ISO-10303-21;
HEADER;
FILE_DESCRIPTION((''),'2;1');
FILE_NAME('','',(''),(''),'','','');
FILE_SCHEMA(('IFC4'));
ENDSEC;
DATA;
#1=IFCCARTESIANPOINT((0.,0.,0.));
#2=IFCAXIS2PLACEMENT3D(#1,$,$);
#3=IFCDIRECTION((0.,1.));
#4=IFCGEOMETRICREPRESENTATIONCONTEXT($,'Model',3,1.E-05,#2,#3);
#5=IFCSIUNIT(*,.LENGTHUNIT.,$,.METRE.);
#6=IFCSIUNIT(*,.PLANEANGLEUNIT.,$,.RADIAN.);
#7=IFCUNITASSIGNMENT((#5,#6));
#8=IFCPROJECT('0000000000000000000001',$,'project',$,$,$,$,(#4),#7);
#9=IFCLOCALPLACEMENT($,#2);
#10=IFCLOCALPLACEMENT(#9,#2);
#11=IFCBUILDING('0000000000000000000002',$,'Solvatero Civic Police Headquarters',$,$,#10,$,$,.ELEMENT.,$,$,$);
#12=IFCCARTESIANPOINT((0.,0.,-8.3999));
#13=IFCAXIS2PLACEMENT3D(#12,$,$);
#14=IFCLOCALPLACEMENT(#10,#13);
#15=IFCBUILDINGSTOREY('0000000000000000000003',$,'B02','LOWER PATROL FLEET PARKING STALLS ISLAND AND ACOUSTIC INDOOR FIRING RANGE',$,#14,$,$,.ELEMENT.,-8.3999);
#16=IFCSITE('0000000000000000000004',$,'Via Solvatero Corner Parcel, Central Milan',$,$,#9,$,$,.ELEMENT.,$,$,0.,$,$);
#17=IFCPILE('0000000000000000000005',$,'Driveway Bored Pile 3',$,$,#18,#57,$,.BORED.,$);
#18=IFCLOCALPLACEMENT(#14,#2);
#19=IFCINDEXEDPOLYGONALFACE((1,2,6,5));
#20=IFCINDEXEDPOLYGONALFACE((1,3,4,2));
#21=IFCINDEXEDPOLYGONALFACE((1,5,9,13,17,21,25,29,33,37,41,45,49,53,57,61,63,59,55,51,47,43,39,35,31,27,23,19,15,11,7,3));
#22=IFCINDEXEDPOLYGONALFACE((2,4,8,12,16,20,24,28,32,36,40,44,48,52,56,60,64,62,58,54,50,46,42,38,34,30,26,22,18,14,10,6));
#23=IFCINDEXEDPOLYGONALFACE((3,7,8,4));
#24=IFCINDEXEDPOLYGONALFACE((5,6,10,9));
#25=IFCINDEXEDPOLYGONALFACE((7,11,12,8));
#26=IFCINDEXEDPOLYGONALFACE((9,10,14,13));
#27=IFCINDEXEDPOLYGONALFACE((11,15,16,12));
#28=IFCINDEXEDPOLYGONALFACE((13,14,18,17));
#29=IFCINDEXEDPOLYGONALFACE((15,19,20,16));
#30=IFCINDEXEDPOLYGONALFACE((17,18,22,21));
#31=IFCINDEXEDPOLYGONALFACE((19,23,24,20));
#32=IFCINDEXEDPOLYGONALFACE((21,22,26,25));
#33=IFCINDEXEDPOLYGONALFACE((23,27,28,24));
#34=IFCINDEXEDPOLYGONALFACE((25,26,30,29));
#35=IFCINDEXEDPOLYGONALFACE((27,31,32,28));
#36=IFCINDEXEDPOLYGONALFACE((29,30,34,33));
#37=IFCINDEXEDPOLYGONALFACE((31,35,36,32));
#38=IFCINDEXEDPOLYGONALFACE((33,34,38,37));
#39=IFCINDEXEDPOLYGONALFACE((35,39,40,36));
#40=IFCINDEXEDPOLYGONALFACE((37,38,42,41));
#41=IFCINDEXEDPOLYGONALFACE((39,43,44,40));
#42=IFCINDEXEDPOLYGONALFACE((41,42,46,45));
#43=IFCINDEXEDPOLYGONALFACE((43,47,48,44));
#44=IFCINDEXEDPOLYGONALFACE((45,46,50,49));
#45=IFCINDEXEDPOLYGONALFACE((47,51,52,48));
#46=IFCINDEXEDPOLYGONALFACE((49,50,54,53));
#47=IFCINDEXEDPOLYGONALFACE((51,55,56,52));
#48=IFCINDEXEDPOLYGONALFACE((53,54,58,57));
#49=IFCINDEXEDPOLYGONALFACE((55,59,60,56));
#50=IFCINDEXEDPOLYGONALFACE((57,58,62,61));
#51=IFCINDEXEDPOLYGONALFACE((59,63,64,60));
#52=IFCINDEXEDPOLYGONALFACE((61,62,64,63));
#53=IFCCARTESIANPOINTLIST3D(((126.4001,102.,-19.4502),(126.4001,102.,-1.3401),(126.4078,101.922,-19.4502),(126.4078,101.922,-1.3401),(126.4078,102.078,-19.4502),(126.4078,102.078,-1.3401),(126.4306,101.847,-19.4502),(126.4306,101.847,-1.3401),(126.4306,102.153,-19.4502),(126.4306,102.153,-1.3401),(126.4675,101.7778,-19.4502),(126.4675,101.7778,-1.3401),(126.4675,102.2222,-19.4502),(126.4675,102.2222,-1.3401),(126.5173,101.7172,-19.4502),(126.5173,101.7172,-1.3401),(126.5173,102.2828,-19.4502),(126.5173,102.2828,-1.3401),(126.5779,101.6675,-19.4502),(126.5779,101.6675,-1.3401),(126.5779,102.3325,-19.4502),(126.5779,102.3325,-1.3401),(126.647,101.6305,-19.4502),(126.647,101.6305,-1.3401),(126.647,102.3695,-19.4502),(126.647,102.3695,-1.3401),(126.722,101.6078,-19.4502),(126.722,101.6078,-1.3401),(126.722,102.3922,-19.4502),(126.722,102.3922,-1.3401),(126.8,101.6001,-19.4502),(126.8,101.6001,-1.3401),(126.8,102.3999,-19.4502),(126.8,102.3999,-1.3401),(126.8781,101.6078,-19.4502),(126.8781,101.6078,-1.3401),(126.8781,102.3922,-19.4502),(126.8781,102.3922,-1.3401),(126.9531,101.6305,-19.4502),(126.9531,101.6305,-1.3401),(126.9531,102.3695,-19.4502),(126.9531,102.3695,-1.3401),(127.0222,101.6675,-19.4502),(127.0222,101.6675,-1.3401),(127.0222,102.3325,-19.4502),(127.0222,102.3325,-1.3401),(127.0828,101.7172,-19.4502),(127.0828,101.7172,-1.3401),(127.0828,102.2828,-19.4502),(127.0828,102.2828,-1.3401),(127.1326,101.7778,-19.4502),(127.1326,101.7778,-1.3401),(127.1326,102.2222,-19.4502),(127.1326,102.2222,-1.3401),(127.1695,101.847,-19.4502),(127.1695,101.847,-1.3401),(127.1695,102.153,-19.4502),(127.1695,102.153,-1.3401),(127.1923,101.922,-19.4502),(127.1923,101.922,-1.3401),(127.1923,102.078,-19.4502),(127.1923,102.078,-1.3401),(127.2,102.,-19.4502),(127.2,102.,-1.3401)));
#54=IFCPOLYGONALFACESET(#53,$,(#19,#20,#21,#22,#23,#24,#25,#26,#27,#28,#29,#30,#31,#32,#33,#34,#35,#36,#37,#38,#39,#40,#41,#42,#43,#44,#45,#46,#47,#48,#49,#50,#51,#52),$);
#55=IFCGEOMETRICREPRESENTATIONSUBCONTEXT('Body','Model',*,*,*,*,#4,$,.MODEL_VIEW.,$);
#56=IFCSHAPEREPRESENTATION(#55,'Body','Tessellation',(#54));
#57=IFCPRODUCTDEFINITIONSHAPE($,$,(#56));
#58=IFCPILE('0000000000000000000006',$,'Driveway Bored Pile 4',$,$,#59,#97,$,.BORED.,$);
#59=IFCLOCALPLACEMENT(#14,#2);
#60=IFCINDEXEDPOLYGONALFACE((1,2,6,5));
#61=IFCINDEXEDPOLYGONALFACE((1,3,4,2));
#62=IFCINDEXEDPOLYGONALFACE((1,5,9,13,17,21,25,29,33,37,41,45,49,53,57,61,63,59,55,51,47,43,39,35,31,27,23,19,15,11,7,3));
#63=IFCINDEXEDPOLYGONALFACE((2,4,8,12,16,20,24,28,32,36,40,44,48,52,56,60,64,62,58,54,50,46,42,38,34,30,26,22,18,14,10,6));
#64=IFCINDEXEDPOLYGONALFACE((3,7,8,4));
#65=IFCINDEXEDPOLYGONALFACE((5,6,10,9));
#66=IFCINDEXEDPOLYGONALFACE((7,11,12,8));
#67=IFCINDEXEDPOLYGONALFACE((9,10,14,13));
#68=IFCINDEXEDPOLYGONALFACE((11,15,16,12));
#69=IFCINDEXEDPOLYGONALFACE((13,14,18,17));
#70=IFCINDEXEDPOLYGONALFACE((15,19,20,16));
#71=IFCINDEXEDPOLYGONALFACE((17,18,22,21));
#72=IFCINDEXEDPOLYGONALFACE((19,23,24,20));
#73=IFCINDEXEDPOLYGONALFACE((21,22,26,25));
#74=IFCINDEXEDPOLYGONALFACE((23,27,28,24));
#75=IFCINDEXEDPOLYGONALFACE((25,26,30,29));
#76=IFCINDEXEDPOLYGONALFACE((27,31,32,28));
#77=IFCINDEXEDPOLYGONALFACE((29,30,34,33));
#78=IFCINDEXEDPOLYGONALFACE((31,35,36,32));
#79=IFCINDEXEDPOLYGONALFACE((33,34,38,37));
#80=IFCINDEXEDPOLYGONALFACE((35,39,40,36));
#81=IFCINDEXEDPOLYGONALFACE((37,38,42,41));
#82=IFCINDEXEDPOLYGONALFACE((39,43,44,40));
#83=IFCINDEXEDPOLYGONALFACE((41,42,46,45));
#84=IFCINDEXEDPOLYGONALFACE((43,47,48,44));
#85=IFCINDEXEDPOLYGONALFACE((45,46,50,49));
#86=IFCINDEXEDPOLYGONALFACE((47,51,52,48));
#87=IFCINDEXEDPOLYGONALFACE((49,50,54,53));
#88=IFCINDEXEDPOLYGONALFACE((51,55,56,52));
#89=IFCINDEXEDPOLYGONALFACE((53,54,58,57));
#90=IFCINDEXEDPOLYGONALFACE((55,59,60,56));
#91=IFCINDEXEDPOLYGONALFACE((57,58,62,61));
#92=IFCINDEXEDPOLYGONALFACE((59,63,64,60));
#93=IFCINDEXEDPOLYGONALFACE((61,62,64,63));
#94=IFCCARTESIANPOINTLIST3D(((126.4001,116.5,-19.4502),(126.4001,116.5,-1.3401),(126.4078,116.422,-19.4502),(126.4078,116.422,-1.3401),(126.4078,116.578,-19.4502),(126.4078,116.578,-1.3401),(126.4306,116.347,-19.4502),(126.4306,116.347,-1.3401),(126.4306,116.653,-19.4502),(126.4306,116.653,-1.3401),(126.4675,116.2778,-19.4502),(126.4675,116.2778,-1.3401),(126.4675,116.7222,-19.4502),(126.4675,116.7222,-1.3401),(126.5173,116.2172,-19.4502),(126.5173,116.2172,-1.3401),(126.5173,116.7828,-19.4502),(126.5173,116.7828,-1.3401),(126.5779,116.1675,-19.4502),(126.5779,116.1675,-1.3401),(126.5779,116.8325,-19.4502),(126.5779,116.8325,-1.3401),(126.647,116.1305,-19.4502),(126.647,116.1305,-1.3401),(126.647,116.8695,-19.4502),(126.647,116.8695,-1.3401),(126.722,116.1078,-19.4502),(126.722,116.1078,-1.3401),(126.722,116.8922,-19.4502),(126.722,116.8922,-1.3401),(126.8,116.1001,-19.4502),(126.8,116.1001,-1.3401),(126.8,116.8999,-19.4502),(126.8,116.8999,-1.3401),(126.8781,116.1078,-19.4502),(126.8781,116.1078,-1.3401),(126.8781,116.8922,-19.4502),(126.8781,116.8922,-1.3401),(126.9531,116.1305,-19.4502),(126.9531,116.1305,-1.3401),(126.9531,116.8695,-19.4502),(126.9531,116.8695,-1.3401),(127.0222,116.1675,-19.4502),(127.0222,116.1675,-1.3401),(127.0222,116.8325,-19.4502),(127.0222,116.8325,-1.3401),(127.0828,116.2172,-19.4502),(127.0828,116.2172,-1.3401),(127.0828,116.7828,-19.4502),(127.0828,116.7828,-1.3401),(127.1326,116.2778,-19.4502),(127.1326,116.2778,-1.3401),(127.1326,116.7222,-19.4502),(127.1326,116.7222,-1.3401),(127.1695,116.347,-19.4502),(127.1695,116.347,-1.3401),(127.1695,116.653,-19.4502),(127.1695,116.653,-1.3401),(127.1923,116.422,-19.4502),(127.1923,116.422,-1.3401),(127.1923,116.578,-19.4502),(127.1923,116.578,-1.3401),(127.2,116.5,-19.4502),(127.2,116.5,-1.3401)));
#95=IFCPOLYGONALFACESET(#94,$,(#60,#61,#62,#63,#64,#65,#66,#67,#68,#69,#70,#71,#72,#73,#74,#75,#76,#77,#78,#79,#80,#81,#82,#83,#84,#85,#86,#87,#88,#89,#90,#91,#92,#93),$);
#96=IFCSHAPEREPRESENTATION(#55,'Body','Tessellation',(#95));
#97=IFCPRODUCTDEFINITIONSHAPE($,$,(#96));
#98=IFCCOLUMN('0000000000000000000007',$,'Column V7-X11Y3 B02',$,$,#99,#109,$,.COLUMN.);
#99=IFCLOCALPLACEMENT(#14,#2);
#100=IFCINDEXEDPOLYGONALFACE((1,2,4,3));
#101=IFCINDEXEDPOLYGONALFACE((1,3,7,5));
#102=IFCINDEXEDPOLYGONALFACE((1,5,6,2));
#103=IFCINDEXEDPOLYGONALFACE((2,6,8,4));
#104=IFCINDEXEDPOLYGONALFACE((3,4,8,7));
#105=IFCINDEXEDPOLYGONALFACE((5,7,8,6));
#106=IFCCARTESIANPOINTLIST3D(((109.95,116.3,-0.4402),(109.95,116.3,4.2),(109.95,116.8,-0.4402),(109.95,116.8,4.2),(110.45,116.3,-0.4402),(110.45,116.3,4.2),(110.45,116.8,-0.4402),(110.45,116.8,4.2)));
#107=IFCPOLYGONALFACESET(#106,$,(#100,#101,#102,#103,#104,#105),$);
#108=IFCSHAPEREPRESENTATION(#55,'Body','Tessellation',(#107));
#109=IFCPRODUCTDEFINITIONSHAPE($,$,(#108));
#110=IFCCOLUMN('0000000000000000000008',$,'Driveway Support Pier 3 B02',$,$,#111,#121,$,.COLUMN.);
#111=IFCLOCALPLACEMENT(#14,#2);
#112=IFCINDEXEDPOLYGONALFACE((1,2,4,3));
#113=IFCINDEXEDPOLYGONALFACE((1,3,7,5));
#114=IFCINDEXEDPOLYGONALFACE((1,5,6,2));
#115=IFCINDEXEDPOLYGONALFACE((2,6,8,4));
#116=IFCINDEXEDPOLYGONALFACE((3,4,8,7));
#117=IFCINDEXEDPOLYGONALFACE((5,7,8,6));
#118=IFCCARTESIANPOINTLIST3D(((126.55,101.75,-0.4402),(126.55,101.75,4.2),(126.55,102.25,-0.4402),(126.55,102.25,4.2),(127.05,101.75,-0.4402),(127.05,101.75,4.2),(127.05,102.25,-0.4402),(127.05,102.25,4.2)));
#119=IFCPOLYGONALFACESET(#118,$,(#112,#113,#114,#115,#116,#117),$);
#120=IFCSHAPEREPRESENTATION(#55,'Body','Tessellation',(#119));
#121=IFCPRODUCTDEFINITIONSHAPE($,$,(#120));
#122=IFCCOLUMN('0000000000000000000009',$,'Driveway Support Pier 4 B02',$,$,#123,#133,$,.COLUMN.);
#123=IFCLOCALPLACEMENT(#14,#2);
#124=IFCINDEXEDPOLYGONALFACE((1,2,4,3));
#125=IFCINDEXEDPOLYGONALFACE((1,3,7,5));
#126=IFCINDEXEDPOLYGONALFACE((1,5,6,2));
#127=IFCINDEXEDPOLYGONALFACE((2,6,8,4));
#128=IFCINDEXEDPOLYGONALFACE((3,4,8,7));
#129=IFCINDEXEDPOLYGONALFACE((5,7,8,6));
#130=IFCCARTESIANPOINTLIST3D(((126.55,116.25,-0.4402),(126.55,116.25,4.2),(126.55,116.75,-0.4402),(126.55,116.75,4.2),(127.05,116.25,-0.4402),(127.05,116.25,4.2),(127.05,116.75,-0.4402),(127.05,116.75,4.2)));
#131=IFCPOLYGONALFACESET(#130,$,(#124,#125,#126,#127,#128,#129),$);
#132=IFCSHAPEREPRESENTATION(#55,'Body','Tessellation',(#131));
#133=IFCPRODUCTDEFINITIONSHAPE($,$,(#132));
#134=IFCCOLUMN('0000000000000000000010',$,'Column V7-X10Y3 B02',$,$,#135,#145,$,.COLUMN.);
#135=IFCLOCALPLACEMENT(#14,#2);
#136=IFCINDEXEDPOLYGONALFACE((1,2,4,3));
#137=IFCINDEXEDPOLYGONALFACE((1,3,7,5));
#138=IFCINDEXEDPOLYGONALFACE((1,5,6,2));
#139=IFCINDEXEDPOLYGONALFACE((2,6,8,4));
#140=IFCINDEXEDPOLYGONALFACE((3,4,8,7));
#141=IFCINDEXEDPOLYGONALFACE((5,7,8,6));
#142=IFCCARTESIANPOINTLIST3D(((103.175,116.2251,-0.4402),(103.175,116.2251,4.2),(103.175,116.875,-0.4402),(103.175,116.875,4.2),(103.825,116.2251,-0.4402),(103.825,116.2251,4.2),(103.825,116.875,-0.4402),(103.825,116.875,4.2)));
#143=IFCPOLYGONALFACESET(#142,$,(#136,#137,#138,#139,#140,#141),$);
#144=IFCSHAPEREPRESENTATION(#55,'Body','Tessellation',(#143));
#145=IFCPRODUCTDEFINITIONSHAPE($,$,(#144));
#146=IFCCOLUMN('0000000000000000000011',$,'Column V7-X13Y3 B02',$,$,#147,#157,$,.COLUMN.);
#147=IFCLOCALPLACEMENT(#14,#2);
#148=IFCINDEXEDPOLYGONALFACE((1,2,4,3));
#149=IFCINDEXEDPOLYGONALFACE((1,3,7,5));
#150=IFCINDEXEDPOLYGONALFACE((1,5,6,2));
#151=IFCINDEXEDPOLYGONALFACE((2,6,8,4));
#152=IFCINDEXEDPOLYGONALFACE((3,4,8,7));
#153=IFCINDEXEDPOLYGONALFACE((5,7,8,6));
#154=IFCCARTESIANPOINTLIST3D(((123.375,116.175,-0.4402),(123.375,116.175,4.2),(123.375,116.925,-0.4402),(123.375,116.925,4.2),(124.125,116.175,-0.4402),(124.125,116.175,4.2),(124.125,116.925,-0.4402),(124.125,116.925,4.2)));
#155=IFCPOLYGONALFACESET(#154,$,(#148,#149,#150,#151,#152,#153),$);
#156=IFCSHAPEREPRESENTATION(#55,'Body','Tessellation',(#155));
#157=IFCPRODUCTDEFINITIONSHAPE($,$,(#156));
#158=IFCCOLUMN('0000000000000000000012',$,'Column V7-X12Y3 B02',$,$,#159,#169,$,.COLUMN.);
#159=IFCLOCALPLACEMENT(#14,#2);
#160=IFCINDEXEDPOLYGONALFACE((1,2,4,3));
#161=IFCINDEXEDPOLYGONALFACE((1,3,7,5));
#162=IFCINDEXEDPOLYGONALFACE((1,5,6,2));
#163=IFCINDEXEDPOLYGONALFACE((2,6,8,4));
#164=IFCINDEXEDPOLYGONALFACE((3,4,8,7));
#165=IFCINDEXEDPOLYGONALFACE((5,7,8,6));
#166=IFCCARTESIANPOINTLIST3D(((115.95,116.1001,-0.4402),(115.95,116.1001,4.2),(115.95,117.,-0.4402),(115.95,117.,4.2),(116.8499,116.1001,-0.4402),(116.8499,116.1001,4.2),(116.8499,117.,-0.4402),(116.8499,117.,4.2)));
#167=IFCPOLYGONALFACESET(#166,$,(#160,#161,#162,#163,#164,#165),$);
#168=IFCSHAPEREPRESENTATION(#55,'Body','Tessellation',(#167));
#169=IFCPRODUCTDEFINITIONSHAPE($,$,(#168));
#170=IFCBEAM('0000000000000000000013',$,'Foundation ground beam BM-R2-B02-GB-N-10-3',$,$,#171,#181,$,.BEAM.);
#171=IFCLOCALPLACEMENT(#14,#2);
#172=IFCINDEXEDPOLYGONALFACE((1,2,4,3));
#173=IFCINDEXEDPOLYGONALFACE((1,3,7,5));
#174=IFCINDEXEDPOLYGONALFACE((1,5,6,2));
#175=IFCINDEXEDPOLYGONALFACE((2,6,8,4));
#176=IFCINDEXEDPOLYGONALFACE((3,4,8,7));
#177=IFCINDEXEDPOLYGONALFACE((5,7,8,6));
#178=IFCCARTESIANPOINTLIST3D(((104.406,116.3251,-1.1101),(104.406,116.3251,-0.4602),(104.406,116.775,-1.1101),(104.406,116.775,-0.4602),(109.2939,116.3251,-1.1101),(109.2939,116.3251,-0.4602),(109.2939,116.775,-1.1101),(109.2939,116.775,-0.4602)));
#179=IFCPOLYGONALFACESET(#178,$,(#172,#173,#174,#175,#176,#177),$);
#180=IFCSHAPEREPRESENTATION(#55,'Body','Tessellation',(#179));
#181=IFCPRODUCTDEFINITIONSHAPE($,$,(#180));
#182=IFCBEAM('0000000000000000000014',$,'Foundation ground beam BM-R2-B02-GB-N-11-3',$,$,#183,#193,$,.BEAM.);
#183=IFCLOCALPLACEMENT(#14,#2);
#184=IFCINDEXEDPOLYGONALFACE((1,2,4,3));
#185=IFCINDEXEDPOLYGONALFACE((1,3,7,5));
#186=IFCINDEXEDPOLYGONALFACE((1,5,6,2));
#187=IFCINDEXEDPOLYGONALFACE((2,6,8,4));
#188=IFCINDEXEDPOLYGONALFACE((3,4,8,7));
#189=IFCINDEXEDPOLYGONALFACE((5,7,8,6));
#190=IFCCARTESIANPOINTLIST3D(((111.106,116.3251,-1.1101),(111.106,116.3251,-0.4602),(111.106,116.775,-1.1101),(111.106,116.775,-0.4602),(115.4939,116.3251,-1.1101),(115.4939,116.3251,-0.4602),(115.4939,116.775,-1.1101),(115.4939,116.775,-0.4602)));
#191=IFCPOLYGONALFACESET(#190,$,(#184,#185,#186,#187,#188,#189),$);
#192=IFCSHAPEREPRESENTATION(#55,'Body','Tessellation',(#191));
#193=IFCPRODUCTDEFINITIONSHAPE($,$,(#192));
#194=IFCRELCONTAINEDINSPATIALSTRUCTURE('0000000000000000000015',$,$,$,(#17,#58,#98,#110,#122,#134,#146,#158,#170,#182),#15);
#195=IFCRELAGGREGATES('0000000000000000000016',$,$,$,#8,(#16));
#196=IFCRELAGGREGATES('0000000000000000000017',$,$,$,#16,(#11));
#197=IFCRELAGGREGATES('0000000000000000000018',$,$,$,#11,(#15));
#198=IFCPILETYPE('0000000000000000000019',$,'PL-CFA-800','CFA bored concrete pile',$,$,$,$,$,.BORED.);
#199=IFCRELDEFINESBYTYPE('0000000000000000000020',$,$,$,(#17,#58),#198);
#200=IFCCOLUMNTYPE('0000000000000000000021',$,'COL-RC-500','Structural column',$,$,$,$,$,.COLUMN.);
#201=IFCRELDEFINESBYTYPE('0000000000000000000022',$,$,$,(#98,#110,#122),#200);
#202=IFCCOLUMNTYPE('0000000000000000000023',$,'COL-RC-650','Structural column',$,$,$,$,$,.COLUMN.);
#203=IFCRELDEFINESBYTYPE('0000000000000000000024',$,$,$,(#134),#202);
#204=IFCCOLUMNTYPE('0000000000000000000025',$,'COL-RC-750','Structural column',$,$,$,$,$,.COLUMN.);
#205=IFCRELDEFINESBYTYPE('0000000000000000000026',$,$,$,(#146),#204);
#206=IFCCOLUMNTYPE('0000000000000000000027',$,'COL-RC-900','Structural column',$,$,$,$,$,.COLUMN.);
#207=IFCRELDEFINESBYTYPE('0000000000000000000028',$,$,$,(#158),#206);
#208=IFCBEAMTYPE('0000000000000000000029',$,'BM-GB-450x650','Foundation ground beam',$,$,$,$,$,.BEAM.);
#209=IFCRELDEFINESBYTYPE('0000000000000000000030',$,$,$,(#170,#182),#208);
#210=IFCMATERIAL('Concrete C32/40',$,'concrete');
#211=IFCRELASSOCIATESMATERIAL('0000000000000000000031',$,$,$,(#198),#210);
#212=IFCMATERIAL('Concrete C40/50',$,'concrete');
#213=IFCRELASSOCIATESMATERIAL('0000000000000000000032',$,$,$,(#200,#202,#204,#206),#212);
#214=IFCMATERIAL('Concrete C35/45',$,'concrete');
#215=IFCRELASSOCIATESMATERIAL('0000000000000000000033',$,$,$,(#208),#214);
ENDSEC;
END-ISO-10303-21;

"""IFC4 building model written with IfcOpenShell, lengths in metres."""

from ifc_helpers import new_model, si_unit, direction, frame, origin, origin_2d, place, context, subcontext, project, spatial, rectangle, circle, extrude, material, material_profile, profile_set, type_object, element, save


model = new_model("IFC4")

# Units and contexts
model_context = context("Model", 3, precision=1e-05, world=origin(), true_north=direction((0.0, 1.0)))
body_context = subcontext(model_context, "Body", "Model", "MODEL_VIEW")
ifc_project = project(units=[si_unit("LENGTHUNIT", "METRE"), si_unit("PLANEANGLEUNIT", "RADIAN")], contexts=[model_context])

# Site, building, storey
site_placement = place(None, origin())
site = spatial("IfcSite", under=ifc_project, at=site_placement, Name="Via Solvatero Corner Parcel, Central Milan", CompositionType="ELEMENT", RefElevation=0.0)
building_placement = place(site_placement, origin())
building = spatial("IfcBuilding", under=site, at=building_placement, Name="Solvatero Civic Police Headquarters", CompositionType="ELEMENT")
storey_placement = place(building_placement, frame((0.0, 0.0, -8.3999)))
storey = spatial("IfcBuildingStorey", under=building, at=storey_placement, Name="B02", Description="LOWER PATROL FLEET PARKING STALLS ISLAND AND ACOUSTIC INDOOR FIRING RANGE", CompositionType="ELEMENT", Elevation=-8.3999)

# Shared definitions
ifc_material_1 = material(Name="Concrete C35/45", Category="concrete")

# Piles
ifc_material_2 = material(Name="Concrete C32/40", Category="concrete")
ifc_material_profile_1 = material_profile(ifc_material_2, circle(Radius=0.3999, at=origin_2d()), Name="CFA PILE D800")
ifc_profile_set_1 = profile_set([ifc_material_profile_1], Name="Concrete C32/40")
pile_type = type_object("IfcPileType", Name="PL-CFA-800", Description="CFA bored concrete pile", PredefinedType="BORED", material=ifc_profile_set_1)
for number, where, z_axis, x_axis, name in (
    (1, (126.8, 102.0, -1.3401), (0.0, 0.0, -1.0), (1.0, 0.0, 0.0), "Driveway Bored Pile 3"),
    (2, (126.8, 116.5, -1.3401), (0.0, 0.0, -1.0), (1.0, 0.0, 0.0), "Driveway Bored Pile 4"),
):
    element("IfcPile", number, at=place(storey_placement, frame(where, z_axis=z_axis, x_axis=x_axis)), inside=storey, type_object=pile_type, Name=name, PredefinedType="BORED", context=body_context, shape_type="SweptSolid", body=[
        extrude(circle(Radius=0.3999, at=origin_2d()), origin(), (0.0, 0.0, 1.0), 18.1101),
    ])

# Columns
ifc_material_3 = material(Name="Concrete C40/50", Category="concrete")
ifc_material_profile_2 = material_profile(ifc_material_3, rectangle(XDim=0.5, YDim=0.5, at=origin_2d()), Name="RC 500x500")
ifc_profile_set_2 = profile_set([ifc_material_profile_2], Name="Concrete C40/50")
column_type_1 = type_object("IfcColumnType", Name="COL-RC-500", Description="Structural column", PredefinedType="COLUMN", material=ifc_profile_set_2)
for number, where, z_axis, x_axis, name in (
    (3, (110.2, 116.55, -0.4402), (0.0, 0.0, 1.0), (1.0, 0.0, 0.0), "Column V7-X11Y3 B02"),
    (4, (126.8, 102.0, -0.4402), (0.0, 0.0, 1.0), (1.0, 0.0, 0.0), "Driveway Support Pier 3 B02"),
    (5, (126.8, 116.5, -0.4402), (0.0, 0.0, 1.0), (1.0, 0.0, 0.0), "Driveway Support Pier 4 B02"),
):
    element("IfcColumn", number, at=place(storey_placement, frame(where, z_axis=z_axis, x_axis=x_axis)), inside=storey, type_object=column_type_1, Name=name, PredefinedType="COLUMN", context=body_context, shape_type="SweptSolid", body=[
        extrude(rectangle(XDim=0.5, YDim=0.5, at=origin_2d()), origin(), (0.0, 0.0, 1.0), 4.6401),
    ])
ifc_material_profile_3 = material_profile(ifc_material_3, rectangle(XDim=0.6499, YDim=0.6499, at=origin_2d()), Name="RC 650x650")
ifc_profile_set_3 = profile_set([ifc_material_profile_3], Name="Concrete C40/50")
column_type_2 = type_object("IfcColumnType", Name="COL-RC-650", Description="Structural column", PredefinedType="COLUMN", material=ifc_profile_set_3)
column_1_placement = place(storey_placement, frame((103.5, 116.55, -0.4402), z_axis=(0.0, 0.0, 1.0), x_axis=(1.0, 0.0, 0.0)))
element("IfcColumn", 6, at=column_1_placement, inside=storey, type_object=column_type_2, Name="Column V7-X10Y3 B02", PredefinedType="COLUMN", context=body_context, shape_type="SweptSolid", body=[
    extrude(rectangle(XDim=0.6499, YDim=0.6499, at=origin_2d()), origin(), (0.0, 0.0, 1.0), 4.6401),
])
ifc_material_profile_4 = material_profile(ifc_material_3, rectangle(XDim=0.75, YDim=0.75, at=origin_2d()), Name="RC 750x750")
ifc_profile_set_4 = profile_set([ifc_material_profile_4], Name="Concrete C40/50")
column_type_3 = type_object("IfcColumnType", Name="COL-RC-750", Description="Structural column", PredefinedType="COLUMN", material=ifc_profile_set_4)
column_2_placement = place(storey_placement, frame((123.75, 116.55, -0.4402), z_axis=(0.0, 0.0, 1.0), x_axis=(1.0, 0.0, 0.0)))
element("IfcColumn", 7, at=column_2_placement, inside=storey, type_object=column_type_3, Name="Column V7-X13Y3 B02", PredefinedType="COLUMN", context=body_context, shape_type="SweptSolid", body=[
    extrude(rectangle(XDim=0.75, YDim=0.75, at=origin_2d()), origin(), (0.0, 0.0, 1.0), 4.6401),
])
ifc_material_profile_5 = material_profile(ifc_material_3, rectangle(XDim=0.8999, YDim=0.8999, at=origin_2d()), Name="RC 900x900")
ifc_profile_set_5 = profile_set([ifc_material_profile_5], Name="Concrete C40/50")
column_type_4 = type_object("IfcColumnType", Name="COL-RC-900", Description="Structural column", PredefinedType="COLUMN", material=ifc_profile_set_5)
column_3_placement = place(storey_placement, frame((116.3999, 116.55, -0.4402), z_axis=(0.0, 0.0, 1.0), x_axis=(1.0, 0.0, 0.0)))
element("IfcColumn", 8, at=column_3_placement, inside=storey, type_object=column_type_4, Name="Column V7-X12Y3 B02", PredefinedType="COLUMN", context=body_context, shape_type="SweptSolid", body=[
    extrude(rectangle(XDim=0.8999, YDim=0.8999, at=origin_2d()), origin(), (0.0, 0.0, 1.0), 4.6401),
])

# Beams
ifc_material_profile_6 = material_profile(ifc_material_1, rectangle(XDim=0.45, YDim=0.6499, at=origin_2d()), Name="GB 450x650")
ifc_profile_set_6 = profile_set([ifc_material_profile_6], Name="Concrete C35/45")
beam_type_1 = type_object("IfcBeamType", Name="BM-GB-450x650", Description="Foundation ground beam", PredefinedType="BEAM", material=ifc_profile_set_6)
beam_1_placement = place(storey_placement, frame((104.406, 116.55, -0.7852), z_axis=(1.0, 0.0, 0.0), x_axis=(0.0, 1.0, 0.0)))
element("IfcBeam", 9, at=beam_1_placement, inside=storey, type_object=beam_type_1, Name="Foundation ground beam BM-R2-B02-GB-N-10-3", PredefinedType="BEAM", context=body_context, shape_type="SweptSolid", body=[
    extrude(rectangle(XDim=0.45, YDim=0.6499, at=origin_2d()), origin(), (0.0, 0.0, 1.0), 4.8879),
])
beam_2_placement = place(storey_placement, frame((111.106, 116.55, -0.7852), z_axis=(1.0, 0.0, 0.0), x_axis=(0.0, 1.0, 0.0)))
element("IfcBeam", 10, at=beam_2_placement, inside=storey, type_object=beam_type_1, Name="Foundation ground beam BM-R2-B02-GB-N-11-3", PredefinedType="BEAM", context=body_context, shape_type="SweptSolid", body=[
    extrude(rectangle(XDim=0.45, YDim=0.6499, at=origin_2d()), origin(), (0.0, 0.0, 1.0), 4.3879),
])

save(model, "model.ifc")
